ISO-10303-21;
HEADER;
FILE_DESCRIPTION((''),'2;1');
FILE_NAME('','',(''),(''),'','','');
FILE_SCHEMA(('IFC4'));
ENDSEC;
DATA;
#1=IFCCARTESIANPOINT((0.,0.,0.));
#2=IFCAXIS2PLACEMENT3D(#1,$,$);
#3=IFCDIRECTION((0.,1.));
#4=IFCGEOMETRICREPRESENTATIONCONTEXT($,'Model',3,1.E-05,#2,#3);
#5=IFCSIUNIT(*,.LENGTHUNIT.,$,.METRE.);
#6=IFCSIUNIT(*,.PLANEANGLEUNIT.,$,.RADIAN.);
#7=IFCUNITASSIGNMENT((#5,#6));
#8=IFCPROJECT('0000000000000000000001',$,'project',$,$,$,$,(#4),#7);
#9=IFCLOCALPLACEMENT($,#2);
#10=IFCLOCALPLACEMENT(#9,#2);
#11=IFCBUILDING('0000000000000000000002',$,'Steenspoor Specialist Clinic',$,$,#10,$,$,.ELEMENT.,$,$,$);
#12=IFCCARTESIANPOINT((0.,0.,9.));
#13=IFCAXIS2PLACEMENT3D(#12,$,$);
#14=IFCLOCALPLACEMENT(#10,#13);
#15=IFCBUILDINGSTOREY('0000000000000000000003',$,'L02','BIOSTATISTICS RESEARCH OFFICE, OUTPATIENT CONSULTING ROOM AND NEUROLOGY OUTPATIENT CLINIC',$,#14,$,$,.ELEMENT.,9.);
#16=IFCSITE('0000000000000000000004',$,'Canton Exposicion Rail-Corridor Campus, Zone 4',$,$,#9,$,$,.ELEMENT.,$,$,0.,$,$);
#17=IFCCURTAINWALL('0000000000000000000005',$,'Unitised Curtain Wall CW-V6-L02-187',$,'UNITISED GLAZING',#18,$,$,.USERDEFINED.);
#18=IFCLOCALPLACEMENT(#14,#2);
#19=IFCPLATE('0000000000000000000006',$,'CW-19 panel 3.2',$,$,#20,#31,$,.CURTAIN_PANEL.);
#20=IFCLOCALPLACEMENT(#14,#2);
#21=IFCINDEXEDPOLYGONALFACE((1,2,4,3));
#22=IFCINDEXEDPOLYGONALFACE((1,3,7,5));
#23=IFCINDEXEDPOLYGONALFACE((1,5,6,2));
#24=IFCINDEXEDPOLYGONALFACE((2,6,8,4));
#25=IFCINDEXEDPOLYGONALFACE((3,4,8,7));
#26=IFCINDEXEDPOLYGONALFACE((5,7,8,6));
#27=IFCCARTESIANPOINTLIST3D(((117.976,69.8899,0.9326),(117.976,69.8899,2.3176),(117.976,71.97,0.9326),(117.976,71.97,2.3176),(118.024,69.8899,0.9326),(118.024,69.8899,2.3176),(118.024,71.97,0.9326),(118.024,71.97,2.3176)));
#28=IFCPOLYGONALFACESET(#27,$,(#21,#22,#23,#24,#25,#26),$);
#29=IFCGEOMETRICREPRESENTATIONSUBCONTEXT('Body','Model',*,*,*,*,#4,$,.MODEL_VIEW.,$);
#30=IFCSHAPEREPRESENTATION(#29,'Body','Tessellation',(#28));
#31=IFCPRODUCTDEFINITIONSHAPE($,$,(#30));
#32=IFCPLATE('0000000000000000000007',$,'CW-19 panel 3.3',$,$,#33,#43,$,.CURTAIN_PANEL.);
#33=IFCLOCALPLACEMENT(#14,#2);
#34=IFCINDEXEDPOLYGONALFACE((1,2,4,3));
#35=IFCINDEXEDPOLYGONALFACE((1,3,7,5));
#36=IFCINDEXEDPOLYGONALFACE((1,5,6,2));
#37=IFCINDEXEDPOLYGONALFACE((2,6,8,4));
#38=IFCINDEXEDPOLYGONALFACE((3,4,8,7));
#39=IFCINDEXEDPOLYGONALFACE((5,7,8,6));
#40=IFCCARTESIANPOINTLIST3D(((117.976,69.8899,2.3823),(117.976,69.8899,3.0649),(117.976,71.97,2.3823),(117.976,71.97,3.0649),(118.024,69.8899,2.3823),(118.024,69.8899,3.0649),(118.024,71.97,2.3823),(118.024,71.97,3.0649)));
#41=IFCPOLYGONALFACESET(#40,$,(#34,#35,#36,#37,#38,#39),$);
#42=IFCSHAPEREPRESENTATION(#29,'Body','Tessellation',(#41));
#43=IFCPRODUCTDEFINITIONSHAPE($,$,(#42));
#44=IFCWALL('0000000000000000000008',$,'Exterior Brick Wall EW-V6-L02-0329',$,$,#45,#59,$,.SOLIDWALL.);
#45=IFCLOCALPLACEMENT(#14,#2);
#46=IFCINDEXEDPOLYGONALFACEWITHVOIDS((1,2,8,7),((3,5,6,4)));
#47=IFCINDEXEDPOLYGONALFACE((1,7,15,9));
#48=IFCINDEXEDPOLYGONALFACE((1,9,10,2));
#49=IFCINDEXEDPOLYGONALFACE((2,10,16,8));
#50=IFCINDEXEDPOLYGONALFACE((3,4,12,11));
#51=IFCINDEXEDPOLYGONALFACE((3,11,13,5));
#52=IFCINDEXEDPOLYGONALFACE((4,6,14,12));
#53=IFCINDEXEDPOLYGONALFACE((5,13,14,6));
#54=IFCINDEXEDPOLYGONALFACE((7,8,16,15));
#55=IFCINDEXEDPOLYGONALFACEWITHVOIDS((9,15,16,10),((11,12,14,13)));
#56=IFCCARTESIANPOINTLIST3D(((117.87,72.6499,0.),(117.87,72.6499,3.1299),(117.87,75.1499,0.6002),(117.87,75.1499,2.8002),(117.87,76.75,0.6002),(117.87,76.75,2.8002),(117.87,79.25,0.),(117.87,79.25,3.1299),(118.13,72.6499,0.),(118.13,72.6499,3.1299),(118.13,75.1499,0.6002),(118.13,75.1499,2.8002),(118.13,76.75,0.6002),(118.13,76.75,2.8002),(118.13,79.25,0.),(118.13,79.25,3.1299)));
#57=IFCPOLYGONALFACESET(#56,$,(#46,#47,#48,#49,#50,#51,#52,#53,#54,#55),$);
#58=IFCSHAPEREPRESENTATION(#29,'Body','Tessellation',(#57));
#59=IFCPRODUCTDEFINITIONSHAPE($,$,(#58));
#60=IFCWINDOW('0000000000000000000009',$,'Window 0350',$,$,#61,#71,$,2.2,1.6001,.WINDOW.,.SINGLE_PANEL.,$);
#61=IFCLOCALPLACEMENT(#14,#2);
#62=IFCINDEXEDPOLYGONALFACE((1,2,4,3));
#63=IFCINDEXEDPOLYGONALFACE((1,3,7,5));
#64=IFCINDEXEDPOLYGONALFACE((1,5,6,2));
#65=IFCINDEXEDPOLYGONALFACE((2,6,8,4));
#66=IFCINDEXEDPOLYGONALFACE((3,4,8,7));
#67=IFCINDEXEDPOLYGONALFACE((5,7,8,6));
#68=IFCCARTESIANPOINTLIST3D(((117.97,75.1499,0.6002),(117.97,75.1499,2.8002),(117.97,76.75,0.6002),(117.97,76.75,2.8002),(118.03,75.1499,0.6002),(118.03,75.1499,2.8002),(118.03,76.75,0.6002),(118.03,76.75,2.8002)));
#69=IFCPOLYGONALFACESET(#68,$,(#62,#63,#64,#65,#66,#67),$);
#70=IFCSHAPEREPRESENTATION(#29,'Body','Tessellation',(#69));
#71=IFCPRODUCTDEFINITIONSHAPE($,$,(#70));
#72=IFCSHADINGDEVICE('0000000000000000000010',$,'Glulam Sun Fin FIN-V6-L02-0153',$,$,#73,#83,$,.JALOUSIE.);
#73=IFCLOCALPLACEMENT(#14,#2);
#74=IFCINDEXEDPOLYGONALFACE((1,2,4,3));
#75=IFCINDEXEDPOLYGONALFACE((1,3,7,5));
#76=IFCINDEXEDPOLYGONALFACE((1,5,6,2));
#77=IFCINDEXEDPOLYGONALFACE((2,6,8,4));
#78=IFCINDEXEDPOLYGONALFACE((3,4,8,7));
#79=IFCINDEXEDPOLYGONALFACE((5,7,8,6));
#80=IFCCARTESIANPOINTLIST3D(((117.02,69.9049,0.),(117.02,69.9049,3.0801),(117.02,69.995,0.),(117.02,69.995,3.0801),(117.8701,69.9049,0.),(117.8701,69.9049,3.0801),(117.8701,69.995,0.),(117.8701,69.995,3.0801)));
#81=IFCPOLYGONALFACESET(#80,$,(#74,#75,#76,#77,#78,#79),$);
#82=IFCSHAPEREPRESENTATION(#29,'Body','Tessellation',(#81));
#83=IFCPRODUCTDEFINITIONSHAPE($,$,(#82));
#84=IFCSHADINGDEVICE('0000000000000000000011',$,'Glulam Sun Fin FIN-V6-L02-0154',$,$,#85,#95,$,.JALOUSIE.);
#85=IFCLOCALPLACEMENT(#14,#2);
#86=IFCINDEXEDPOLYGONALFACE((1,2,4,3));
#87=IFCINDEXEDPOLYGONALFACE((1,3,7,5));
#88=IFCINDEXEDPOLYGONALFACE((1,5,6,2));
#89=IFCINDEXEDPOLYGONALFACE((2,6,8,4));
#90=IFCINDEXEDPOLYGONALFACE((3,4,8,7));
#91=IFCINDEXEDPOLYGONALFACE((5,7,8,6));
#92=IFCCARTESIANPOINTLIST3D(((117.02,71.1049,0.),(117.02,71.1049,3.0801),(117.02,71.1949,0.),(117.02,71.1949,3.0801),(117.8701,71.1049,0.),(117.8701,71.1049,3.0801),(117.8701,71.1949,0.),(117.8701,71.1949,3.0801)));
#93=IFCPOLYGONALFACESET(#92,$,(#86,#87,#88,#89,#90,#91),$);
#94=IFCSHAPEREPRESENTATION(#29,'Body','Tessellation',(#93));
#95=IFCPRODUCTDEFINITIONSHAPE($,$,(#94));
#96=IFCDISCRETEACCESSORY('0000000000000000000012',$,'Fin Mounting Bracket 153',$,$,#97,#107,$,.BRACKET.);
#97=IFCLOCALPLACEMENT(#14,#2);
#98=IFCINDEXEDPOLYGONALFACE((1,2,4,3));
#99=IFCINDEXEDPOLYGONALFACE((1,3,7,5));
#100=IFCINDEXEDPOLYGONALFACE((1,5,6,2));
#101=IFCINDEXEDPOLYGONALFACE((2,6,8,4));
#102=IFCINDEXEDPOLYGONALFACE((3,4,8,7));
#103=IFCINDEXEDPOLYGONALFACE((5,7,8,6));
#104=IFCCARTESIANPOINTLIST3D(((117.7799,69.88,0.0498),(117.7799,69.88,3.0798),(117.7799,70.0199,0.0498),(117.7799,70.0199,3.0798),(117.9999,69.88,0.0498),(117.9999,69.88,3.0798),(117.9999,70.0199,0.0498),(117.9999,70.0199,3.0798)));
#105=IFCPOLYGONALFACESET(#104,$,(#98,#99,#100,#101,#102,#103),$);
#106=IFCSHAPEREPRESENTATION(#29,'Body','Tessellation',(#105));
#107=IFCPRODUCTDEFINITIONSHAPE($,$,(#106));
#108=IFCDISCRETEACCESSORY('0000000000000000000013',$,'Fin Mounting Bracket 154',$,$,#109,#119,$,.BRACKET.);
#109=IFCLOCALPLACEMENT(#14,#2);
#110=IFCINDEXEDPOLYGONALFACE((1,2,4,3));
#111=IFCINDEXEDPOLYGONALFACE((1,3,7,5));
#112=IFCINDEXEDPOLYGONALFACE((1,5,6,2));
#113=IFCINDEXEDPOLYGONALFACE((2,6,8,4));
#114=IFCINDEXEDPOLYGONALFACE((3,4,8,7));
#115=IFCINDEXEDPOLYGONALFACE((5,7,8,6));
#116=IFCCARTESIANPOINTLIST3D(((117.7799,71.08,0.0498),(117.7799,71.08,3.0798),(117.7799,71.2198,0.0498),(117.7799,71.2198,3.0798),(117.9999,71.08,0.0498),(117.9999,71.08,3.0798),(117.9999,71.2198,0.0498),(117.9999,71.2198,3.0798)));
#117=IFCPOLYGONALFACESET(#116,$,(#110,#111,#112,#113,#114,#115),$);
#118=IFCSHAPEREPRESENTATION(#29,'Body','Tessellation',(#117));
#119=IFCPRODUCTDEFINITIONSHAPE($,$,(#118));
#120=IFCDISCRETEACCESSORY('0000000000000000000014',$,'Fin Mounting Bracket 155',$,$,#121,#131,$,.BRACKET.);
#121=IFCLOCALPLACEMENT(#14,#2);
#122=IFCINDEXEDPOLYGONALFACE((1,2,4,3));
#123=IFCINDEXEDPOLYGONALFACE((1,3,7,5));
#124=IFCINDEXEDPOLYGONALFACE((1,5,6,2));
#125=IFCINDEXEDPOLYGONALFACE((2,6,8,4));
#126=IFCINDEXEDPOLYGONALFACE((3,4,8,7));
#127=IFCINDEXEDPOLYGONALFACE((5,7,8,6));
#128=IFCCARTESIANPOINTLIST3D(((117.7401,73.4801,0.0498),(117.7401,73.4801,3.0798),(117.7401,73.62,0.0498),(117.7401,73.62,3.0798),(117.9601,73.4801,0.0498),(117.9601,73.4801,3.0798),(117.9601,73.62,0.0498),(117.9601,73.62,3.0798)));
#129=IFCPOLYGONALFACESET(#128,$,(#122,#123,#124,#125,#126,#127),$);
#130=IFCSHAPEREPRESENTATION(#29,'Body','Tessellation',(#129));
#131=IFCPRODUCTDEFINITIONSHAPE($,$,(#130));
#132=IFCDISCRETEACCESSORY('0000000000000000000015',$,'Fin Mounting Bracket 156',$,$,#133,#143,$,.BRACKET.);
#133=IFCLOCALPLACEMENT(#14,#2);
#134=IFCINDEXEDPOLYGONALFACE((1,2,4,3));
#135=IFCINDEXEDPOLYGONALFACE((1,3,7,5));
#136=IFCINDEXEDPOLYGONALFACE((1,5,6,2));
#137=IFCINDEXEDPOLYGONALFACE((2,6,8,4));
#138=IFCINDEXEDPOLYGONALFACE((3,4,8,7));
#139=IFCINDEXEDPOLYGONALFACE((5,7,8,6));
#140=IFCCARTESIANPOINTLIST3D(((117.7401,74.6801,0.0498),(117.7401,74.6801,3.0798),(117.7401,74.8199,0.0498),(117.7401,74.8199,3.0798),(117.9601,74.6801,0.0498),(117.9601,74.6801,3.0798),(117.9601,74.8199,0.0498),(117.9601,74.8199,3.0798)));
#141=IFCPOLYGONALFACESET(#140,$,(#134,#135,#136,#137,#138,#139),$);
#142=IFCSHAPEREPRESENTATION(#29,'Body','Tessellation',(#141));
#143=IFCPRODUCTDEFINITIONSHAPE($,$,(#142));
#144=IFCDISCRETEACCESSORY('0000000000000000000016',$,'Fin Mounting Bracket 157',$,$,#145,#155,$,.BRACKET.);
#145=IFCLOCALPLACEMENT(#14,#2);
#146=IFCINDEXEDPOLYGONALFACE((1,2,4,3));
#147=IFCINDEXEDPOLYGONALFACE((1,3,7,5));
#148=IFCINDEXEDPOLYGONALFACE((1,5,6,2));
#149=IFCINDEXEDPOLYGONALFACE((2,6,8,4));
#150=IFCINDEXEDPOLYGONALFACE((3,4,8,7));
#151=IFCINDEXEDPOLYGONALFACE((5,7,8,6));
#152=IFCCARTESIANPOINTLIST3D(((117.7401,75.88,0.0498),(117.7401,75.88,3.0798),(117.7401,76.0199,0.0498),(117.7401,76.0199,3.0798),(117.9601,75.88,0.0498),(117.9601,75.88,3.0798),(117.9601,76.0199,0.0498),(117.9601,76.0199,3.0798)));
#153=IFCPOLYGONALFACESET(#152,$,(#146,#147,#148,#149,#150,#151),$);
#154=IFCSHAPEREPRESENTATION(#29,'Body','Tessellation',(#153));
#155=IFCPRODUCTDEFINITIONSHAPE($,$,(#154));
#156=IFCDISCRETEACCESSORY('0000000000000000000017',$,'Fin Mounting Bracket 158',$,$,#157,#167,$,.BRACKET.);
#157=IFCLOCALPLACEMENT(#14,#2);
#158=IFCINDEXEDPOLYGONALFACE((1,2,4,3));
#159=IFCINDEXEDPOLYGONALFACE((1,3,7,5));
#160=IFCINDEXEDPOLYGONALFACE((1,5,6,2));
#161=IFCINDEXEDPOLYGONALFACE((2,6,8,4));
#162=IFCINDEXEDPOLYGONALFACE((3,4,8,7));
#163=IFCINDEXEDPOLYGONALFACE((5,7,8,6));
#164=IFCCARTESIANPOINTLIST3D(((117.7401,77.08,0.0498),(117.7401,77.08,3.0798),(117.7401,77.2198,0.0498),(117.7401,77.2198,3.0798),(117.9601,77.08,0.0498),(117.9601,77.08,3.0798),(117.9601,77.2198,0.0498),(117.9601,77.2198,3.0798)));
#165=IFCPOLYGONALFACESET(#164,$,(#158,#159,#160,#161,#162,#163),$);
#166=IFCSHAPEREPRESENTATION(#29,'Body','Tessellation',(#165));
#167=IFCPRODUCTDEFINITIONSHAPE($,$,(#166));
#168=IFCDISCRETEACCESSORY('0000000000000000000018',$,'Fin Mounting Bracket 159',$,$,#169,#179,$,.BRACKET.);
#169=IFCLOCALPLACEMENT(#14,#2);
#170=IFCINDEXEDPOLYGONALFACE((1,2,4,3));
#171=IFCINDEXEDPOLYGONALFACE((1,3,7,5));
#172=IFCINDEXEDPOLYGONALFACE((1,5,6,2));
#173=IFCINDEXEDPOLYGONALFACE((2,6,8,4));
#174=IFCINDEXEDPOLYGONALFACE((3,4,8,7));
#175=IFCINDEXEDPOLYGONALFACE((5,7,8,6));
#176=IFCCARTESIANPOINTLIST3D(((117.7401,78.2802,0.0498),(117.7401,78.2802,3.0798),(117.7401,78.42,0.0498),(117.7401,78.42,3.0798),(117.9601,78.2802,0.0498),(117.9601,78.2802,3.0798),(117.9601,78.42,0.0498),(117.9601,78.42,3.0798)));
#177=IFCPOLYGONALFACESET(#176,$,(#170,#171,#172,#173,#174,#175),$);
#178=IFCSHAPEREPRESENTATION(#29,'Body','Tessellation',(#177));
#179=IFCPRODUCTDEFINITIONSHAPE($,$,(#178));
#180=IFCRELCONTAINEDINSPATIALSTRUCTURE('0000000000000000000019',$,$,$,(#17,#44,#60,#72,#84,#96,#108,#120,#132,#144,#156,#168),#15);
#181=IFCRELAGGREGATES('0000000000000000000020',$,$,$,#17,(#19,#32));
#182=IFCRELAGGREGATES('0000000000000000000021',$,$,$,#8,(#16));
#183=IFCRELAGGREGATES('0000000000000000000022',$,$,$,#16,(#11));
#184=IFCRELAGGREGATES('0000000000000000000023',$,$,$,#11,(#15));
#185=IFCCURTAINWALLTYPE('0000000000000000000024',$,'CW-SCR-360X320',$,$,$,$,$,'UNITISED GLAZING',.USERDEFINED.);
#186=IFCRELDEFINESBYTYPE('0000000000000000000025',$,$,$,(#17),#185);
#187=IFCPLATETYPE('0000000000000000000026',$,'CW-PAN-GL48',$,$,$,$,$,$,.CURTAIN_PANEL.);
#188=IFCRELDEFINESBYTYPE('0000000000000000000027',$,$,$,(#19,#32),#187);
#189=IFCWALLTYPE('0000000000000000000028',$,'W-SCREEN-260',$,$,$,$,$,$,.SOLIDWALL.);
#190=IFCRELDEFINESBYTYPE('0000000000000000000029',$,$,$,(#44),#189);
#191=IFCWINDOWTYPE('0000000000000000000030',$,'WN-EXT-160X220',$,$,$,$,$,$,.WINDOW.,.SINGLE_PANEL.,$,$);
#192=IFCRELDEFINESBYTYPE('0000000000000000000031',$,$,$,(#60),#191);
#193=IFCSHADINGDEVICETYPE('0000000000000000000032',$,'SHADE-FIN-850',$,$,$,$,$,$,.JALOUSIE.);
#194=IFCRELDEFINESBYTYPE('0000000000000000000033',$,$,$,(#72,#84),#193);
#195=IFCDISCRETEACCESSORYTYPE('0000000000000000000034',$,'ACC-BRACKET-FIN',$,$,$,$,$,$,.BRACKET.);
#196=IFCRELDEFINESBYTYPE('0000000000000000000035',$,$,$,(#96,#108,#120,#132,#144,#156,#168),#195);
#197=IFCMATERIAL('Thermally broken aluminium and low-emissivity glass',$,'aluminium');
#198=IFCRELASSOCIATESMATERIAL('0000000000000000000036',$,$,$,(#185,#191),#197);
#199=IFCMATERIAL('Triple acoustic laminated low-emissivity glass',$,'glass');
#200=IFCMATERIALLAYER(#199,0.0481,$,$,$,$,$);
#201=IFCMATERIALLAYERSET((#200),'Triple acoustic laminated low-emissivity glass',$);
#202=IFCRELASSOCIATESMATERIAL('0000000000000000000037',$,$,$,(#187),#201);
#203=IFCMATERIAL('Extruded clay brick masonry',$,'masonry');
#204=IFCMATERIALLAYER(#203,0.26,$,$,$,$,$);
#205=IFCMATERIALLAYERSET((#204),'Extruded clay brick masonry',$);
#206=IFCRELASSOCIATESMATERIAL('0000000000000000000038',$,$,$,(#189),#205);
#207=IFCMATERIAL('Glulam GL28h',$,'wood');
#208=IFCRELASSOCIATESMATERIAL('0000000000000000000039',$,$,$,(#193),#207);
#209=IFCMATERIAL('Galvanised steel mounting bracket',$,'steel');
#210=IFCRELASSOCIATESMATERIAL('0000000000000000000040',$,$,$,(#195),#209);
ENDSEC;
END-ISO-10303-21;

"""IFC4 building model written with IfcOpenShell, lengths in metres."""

from ifc_helpers import new_model, si_unit, direction, frame, frame_2d, origin, origin_2d, place, context, subcontext, project, spatial, rectangle, extrude, material, layer, layer_set, material_profile, profile_set, type_object, element, fill, aggregate, save


model = new_model("IFC4")

# Units and contexts
model_context = context("Model", 3, precision=1e-05, world=origin(), true_north=direction((0.0, 1.0)))
body_context = subcontext(model_context, "Body", "Model", "MODEL_VIEW")
ifc_project = project(units=[si_unit("LENGTHUNIT", "METRE"), si_unit("PLANEANGLEUNIT", "RADIAN")], contexts=[model_context])

# Site, building, storey
site_placement = place(None, origin())
site = spatial("IfcSite", under=ifc_project, at=site_placement, Name="Canton Exposicion Rail-Corridor Campus, Zone 4", CompositionType="ELEMENT", RefElevation=0.0)
building_placement = place(site_placement, origin())
building = spatial("IfcBuilding", under=site, at=building_placement, Name="Steenspoor Specialist Clinic", CompositionType="ELEMENT")
storey_placement = place(building_placement, frame((0.0, 0.0, 9.0)))
storey = spatial("IfcBuildingStorey", under=building, at=storey_placement, Name="L02", Description="BIOSTATISTICS RESEARCH OFFICE, OUTPATIENT CONSULTING ROOM AND NEUROLOGY OUTPATIENT CLINIC", CompositionType="ELEMENT", Elevation=9.0)

# Curtain wall
ifc_material_1 = material(Name="Thermally broken aluminium and low-emissivity glass", Category="aluminium")
curtain_wall_type = type_object("IfcCurtainWallType", Name="CW-SCR-360X320", ElementType="UNITISED GLAZING", PredefinedType="USERDEFINED", material=ifc_material_1)
curtain_wall_placement = place(storey_placement, origin())
curtain_wall = element("IfcCurtainWall", 1, at=curtain_wall_placement, inside=storey, type_object=curtain_wall_type, Name="Unitised Curtain Wall CW-V6-L02-187", ObjectType="UNITISED GLAZING", PredefinedType="USERDEFINED")

# Plates
ifc_material_2 = material(Name="Triple acoustic laminated low-emissivity glass", Category="glass")
ifc_layer_1 = layer(ifc_material_2, 0.0481)
ifc_layer_set_1 = layer_set([ifc_layer_1], Name="Triple acoustic laminated low-emissivity glass")
plate_type = type_object("IfcPlateType", Name="CW-PAN-GL48", PredefinedType="CURTAIN_PANEL", material=ifc_layer_set_1)
plate_1_placement = place(storey_placement, frame((118.0, 70.9299, 0.9326), z_axis=(0.0, 0.0, 1.0), x_axis=(0.0, 1.0, 0.0)))
plate_1 = element("IfcPlate", 2, at=plate_1_placement, type_object=plate_type, Name="CW-19 panel 3.2", PredefinedType="CURTAIN_PANEL", context=body_context, shape_type="SweptSolid", body=[
    extrude(rectangle(XDim=2.0801, YDim=0.0481, at=origin_2d()), origin(), (0.0, 0.0, 1.0), 1.385),
])
plate_2_placement = place(storey_placement, frame((118.0, 70.9299, 2.3823), z_axis=(0.0, 0.0, 1.0), x_axis=(0.0, 1.0, 0.0)))
plate_2 = element("IfcPlate", 3, at=plate_2_placement, type_object=plate_type, Name="CW-19 panel 3.3", PredefinedType="CURTAIN_PANEL", context=body_context, shape_type="SweptSolid", body=[
    extrude(rectangle(XDim=2.0801, YDim=0.0481, at=origin_2d()), origin(), (0.0, 0.0, 1.0), 0.6826),
])
aggregate(curtain_wall, [plate_1, plate_2])

# Wall, opening, window
ifc_material_3 = material(Name="Extruded clay brick masonry", Category="masonry")
ifc_layer_2 = layer(ifc_material_3, 0.26)
ifc_layer_set_2 = layer_set([ifc_layer_2], Name="Extruded clay brick masonry")
wall_type = type_object("IfcWallType", Name="W-SCREEN-260", PredefinedType="SOLIDWALL", material=ifc_layer_set_2)
wall_placement = place(storey_placement, frame((118.0, 72.6499, 0.0), z_axis=(0.0, 0.0, 1.0), x_axis=(0.0, 1.0, 0.0)))
wall = element("IfcWall", 4, at=wall_placement, inside=storey, type_object=wall_type, Name="Exterior Brick Wall EW-V6-L02-0329", PredefinedType="SOLIDWALL", context=body_context, shape_type="SweptSolid", body=[
    extrude(rectangle(XDim=6.6001, YDim=0.26, at=frame_2d((3.3, 0.0))), origin(), (0.0, 0.0, 1.0), 3.1299),
])
opening_placement = place(wall_placement, frame((2.5, 0.0, 0.6001)))
opening = element("IfcOpeningElement", 5, at=opening_placement, cuts=wall, PredefinedType="OPENING", context=body_context, shape_type="SweptSolid", body=[
    extrude(rectangle(XDim=1.6001, YDim=2.2, at=frame_2d((0.8, 1.1001))), frame((0.0, 0.1401, 0.0), z_axis=(0.0, -1.0, 0.0), x_axis=(1.0, 0.0, 0.0)), (0.0, 0.0, 1.0), 0.28),
])
window_type = type_object("IfcWindowType", Name="WN-EXT-160X220", PartitioningType="SINGLE_PANEL", PredefinedType="WINDOW", material=ifc_material_1)
window_placement = place(opening_placement, origin())
window = element("IfcWindow", 6, at=window_placement, inside=storey, type_object=window_type, Name="Window 0350", OverallHeight=2.2, OverallWidth=1.6001, PartitioningType="SINGLE_PANEL", PredefinedType="WINDOW", context=body_context, shape_type="SweptSolid", body=[
    extrude(rectangle(XDim=1.6001, YDim=2.2, at=frame_2d((0.8, 1.1001))), frame((0.0, 0.03, 0.0), z_axis=(0.0, -1.0, 0.0), x_axis=(1.0, 0.0, 0.0)), (0.0, 0.0, 1.0), 0.0601),
])
fill(opening, window)

# Shading devices
ifc_material_4 = material(Name="Glulam GL28h", Category="wood")
ifc_material_profile_1 = material_profile(ifc_material_4, rectangle(XDim=0.0901, YDim=0.8501, at=origin_2d()), Name="GL28H-90X850")
ifc_profile_set_1 = profile_set([ifc_material_profile_1], Name="Glulam GL28h")
shading_device_type = type_object("IfcShadingDeviceType", Name="SHADE-FIN-850", PredefinedType="JALOUSIE", material=ifc_profile_set_1)
for number, where, z_axis, x_axis, name in (
    (7, (117.4451, 69.95, 0.0), (0.0, 0.0, 1.0), (0.0, 1.0, 0.0), "Glulam Sun Fin FIN-V6-L02-0153"),
    (8, (117.4451, 71.1499, 0.0), (0.0, 0.0, 1.0), (0.0, 1.0, 0.0), "Glulam Sun Fin FIN-V6-L02-0154"),
):
    element("IfcShadingDevice", number, at=place(storey_placement, frame(where, z_axis=z_axis, x_axis=x_axis)), inside=storey, type_object=shading_device_type, Name=name, PredefinedType="JALOUSIE", context=body_context, shape_type="SweptSolid", body=[
        extrude(rectangle(XDim=0.0901, YDim=0.8501, at=origin_2d()), origin(), (0.0, 0.0, 1.0), 3.0801),
    ])

# Discrete accessories
ifc_material_5 = material(Name="Galvanised steel mounting bracket", Category="steel")
discrete_accessory_type = type_object("IfcDiscreteAccessoryType", Name="ACC-BRACKET-FIN", PredefinedType="BRACKET", material=ifc_material_5)
for number, where, z_axis, x_axis, name in (
    (9, (117.8899, 69.95, 0.0498), (0.0, 0.0, 1.0), (-1.0, 0.0, 0.0), "Fin Mounting Bracket 153"),
    (10, (117.8899, 71.1499, 0.0498), (0.0, 0.0, 1.0), (-1.0, 0.0, 0.0), "Fin Mounting Bracket 154"),
    (11, (117.8501, 73.55, 0.0498), (0.0, 0.0, 1.0), (-1.0, 0.0, 0.0), "Fin Mounting Bracket 155"),
    (12, (117.8501, 74.75, 0.0498), (0.0, 0.0, 1.0), (-1.0, 0.0, 0.0), "Fin Mounting Bracket 156"),
    (13, (117.8501, 75.95, 0.0498), (0.0, 0.0, 1.0), (-1.0, 0.0, 0.0), "Fin Mounting Bracket 157"),
    (14, (117.8501, 77.1499, 0.0498), (0.0, 0.0, 1.0), (-1.0, 0.0, 0.0), "Fin Mounting Bracket 158"),
    (15, (117.8501, 78.3501, 0.0498), (0.0, 0.0, 1.0), (-1.0, 0.0, 0.0), "Fin Mounting Bracket 159"),
):
    element("IfcDiscreteAccessory", number, at=place(storey_placement, frame(where, z_axis=z_axis, x_axis=x_axis)), inside=storey, type_object=discrete_accessory_type, Name=name, PredefinedType="BRACKET", context=body_context, shape_type="SweptSolid", body=[
        extrude(rectangle(XDim=0.22, YDim=0.1399, at=origin_2d()), origin(), (0.0, 0.0, 1.0), 3.03),
    ])

save(model, "model.ifc")
